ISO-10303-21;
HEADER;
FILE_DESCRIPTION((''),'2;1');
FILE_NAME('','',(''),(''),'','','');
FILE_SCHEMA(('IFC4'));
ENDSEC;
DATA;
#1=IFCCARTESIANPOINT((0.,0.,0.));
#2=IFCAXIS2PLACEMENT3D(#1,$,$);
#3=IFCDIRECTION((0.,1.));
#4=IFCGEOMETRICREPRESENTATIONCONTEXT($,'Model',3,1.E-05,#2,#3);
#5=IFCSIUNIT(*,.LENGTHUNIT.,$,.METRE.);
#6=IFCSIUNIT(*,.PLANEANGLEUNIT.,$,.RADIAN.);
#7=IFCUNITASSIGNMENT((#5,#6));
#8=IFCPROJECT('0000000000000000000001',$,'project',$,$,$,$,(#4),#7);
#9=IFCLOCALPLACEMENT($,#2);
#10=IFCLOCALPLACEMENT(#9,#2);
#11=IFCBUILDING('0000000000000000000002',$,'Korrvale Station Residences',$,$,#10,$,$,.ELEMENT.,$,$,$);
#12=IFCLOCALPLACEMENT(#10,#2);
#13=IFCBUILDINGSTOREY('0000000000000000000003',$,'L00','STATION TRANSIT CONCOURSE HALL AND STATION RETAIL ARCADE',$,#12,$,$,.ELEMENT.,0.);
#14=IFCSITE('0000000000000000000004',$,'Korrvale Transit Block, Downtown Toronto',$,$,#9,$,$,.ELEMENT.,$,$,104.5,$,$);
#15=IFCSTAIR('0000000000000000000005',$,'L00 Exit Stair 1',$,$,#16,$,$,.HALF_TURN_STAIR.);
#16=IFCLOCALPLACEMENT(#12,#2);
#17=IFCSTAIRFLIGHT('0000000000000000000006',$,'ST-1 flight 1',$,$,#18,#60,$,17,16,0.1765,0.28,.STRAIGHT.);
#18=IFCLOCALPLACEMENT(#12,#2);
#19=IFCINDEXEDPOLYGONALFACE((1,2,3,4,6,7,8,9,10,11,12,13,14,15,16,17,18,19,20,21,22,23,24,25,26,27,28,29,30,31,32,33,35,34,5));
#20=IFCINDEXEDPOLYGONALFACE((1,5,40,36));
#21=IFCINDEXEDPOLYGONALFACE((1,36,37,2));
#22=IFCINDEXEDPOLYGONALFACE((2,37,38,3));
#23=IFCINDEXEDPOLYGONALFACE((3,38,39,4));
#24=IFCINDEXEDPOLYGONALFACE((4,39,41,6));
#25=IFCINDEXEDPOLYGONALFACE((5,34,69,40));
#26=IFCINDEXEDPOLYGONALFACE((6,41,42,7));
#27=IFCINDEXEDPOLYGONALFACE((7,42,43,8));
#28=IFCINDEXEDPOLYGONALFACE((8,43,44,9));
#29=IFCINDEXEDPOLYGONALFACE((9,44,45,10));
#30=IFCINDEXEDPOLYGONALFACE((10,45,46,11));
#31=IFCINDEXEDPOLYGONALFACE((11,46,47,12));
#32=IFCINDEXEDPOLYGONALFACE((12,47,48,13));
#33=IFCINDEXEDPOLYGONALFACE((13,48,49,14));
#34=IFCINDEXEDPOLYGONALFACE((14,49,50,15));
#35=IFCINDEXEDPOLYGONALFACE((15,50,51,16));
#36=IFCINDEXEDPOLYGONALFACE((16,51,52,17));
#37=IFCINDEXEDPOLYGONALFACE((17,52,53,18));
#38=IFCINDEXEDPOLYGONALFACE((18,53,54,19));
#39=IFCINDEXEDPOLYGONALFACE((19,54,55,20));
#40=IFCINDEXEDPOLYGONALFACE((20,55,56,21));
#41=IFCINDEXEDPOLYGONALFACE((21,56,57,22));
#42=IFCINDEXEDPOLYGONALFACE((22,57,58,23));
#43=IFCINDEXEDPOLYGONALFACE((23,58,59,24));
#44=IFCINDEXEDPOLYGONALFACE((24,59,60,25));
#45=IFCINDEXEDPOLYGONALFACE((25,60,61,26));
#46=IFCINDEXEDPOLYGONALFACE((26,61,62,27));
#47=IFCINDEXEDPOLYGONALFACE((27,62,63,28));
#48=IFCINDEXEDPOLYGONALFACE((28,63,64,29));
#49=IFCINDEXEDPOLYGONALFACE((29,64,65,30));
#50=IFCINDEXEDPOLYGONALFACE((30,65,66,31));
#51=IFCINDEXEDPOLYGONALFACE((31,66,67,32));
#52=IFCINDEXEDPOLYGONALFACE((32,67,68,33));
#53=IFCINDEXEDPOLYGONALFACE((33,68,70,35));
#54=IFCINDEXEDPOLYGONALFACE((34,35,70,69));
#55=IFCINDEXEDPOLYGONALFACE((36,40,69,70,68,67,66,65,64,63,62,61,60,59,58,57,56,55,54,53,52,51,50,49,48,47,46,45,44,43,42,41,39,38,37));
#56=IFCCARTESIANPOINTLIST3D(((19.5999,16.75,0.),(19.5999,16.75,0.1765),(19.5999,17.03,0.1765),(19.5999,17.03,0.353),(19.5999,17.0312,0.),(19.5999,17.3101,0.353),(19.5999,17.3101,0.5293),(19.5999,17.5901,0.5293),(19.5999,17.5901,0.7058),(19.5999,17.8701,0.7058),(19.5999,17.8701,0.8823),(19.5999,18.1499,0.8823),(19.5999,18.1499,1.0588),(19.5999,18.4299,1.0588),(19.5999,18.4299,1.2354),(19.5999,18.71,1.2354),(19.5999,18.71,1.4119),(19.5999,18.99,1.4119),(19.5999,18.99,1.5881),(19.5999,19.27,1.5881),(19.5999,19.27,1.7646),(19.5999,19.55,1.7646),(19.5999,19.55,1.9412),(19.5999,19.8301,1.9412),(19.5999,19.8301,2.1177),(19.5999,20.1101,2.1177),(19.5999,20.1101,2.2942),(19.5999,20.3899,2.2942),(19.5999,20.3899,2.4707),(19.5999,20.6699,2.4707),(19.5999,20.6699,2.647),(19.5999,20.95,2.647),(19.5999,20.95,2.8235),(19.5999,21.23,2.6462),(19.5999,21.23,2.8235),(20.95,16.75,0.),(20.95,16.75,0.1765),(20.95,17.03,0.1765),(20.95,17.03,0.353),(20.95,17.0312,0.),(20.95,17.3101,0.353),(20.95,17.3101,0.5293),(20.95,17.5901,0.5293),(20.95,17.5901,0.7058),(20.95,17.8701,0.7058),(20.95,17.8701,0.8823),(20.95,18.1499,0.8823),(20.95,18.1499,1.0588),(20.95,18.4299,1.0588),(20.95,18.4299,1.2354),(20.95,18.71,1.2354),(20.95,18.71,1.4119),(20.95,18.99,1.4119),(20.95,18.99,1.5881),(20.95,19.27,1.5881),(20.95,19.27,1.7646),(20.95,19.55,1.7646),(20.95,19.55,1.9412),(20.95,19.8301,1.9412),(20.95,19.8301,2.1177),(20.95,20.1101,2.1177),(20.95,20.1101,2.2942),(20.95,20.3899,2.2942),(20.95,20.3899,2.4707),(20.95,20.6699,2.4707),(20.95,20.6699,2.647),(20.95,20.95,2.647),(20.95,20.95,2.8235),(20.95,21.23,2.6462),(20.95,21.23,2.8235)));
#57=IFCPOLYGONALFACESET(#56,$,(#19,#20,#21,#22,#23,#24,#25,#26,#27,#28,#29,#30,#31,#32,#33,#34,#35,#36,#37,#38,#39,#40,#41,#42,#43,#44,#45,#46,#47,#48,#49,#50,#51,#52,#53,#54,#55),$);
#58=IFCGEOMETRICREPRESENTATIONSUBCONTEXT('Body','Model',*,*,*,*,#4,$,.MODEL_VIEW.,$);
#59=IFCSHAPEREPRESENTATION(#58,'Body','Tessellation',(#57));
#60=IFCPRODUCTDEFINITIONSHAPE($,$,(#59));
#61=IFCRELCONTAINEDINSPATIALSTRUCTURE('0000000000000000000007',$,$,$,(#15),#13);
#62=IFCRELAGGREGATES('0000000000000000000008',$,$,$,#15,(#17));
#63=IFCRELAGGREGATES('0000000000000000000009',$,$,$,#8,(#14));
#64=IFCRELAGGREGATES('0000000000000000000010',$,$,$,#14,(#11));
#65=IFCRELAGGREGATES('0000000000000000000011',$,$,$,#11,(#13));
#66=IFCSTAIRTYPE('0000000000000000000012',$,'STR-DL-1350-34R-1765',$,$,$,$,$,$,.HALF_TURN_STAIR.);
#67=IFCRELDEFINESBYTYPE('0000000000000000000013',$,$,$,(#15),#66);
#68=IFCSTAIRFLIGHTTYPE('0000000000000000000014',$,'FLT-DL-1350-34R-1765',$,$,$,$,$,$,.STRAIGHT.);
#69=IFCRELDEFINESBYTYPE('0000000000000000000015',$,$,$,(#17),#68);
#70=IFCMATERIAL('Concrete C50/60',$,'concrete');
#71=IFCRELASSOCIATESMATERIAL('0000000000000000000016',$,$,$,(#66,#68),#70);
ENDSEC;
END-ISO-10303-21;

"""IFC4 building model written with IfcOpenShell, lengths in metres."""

from ifc_helpers import new_model, si_unit, direction, frame, origin, place, context, subcontext, project, spatial, polyline, outline, extrude, material, type_object, element, aggregate, save


model = new_model("IFC4")

# Units and contexts
model_context = context("Model", 3, precision=1e-05, world=origin(), true_north=direction((0.0, 1.0)))
body_context = subcontext(model_context, "Body", "Model", "MODEL_VIEW")
ifc_project = project(units=[si_unit("LENGTHUNIT", "METRE"), si_unit("PLANEANGLEUNIT", "RADIAN")], contexts=[model_context])

# Site, building, storey
site_placement = place(None, origin())
site = spatial("IfcSite", under=ifc_project, at=site_placement, Name="Korrvale Transit Block, Downtown Toronto", CompositionType="ELEMENT", RefElevation=104.5)
building_placement = place(site_placement, origin())
building = spatial("IfcBuilding", under=site, at=building_placement, Name="Korrvale Station Residences", CompositionType="ELEMENT")
storey_placement = place(building_placement, origin())
storey = spatial("IfcBuildingStorey", under=building, at=storey_placement, Name="L00", Description="STATION TRANSIT CONCOURSE HALL AND STATION RETAIL ARCADE", CompositionType="ELEMENT", Elevation=0.0)

# Stair, stair flight
ifc_material_1 = material(Name="Concrete C50/60", Category="concrete")
stair_type = type_object("IfcStairType", Name="STR-DL-1350-34R-1765", PredefinedType="HALF_TURN_STAIR", material=ifc_material_1)
stair_placement = place(storey_placement, origin())
stair = element("IfcStair", 1, at=stair_placement, inside=storey, type_object=stair_type, Name="L00 Exit Stair 1", PredefinedType="HALF_TURN_STAIR")
stair_flight_type = type_object("IfcStairFlightType", Name="FLT-DL-1350-34R-1765", PredefinedType="STRAIGHT", material=ifc_material_1)
stair_flight_placement = place(storey_placement, frame((20.2749, 16.75, 0.0), z_axis=(0.0, 0.0, 1.0), x_axis=(0.0, 1.0, 0.0)))
stair_flight = element("IfcStairFlight", 2, at=stair_flight_placement, type_object=stair_flight_type, Name="ST-1 flight 1", NumberOfRisers=17, NumberOfTreads=16, PredefinedType="STRAIGHT", RiserHeight=0.1765, TreadLength=0.28, context=body_context, shape_type="SweptSolid", body=[
    extrude(outline(polyline([(0.0, 0.0), (0.0, 0.1765), (0.28, 0.1765), (0.28, 0.353), (0.5601, 0.353), (0.5601, 0.5293), (0.8401, 0.5293), (0.8401, 0.7058), (1.1201, 0.7058), (1.1201, 0.8823), (1.3999, 0.8823), (1.3999, 1.0588), (1.6799, 1.0588), (1.6799, 1.2354), (1.96, 1.2354), (1.96, 1.4119), (2.24, 1.4119), (2.24, 1.5881), (2.52, 1.5881), (2.52, 1.7646), (2.8, 1.7646), (2.8, 1.9412), (3.0801, 1.9412), (3.0801, 2.1177), (3.3601, 2.1177), (3.3601, 2.2942), (3.6399, 2.2942), (3.6399, 2.4707), (3.9199, 2.4707), (3.9199, 2.647), (4.2, 2.647), (4.2, 2.8235), (4.48, 2.8235), (4.48, 3.0), (4.48, 2.6462), (0.2812, 0.0), (0.0, 0.0)])), frame((0.0, 0.675, 0.0), z_axis=(0.0, -1.0, 0.0), x_axis=(1.0, 0.0, 0.0)), (0.0, 0.0, 1.0), 1.3501),
])
aggregate(stair, [stair_flight])

save(model, "model.ifc")
